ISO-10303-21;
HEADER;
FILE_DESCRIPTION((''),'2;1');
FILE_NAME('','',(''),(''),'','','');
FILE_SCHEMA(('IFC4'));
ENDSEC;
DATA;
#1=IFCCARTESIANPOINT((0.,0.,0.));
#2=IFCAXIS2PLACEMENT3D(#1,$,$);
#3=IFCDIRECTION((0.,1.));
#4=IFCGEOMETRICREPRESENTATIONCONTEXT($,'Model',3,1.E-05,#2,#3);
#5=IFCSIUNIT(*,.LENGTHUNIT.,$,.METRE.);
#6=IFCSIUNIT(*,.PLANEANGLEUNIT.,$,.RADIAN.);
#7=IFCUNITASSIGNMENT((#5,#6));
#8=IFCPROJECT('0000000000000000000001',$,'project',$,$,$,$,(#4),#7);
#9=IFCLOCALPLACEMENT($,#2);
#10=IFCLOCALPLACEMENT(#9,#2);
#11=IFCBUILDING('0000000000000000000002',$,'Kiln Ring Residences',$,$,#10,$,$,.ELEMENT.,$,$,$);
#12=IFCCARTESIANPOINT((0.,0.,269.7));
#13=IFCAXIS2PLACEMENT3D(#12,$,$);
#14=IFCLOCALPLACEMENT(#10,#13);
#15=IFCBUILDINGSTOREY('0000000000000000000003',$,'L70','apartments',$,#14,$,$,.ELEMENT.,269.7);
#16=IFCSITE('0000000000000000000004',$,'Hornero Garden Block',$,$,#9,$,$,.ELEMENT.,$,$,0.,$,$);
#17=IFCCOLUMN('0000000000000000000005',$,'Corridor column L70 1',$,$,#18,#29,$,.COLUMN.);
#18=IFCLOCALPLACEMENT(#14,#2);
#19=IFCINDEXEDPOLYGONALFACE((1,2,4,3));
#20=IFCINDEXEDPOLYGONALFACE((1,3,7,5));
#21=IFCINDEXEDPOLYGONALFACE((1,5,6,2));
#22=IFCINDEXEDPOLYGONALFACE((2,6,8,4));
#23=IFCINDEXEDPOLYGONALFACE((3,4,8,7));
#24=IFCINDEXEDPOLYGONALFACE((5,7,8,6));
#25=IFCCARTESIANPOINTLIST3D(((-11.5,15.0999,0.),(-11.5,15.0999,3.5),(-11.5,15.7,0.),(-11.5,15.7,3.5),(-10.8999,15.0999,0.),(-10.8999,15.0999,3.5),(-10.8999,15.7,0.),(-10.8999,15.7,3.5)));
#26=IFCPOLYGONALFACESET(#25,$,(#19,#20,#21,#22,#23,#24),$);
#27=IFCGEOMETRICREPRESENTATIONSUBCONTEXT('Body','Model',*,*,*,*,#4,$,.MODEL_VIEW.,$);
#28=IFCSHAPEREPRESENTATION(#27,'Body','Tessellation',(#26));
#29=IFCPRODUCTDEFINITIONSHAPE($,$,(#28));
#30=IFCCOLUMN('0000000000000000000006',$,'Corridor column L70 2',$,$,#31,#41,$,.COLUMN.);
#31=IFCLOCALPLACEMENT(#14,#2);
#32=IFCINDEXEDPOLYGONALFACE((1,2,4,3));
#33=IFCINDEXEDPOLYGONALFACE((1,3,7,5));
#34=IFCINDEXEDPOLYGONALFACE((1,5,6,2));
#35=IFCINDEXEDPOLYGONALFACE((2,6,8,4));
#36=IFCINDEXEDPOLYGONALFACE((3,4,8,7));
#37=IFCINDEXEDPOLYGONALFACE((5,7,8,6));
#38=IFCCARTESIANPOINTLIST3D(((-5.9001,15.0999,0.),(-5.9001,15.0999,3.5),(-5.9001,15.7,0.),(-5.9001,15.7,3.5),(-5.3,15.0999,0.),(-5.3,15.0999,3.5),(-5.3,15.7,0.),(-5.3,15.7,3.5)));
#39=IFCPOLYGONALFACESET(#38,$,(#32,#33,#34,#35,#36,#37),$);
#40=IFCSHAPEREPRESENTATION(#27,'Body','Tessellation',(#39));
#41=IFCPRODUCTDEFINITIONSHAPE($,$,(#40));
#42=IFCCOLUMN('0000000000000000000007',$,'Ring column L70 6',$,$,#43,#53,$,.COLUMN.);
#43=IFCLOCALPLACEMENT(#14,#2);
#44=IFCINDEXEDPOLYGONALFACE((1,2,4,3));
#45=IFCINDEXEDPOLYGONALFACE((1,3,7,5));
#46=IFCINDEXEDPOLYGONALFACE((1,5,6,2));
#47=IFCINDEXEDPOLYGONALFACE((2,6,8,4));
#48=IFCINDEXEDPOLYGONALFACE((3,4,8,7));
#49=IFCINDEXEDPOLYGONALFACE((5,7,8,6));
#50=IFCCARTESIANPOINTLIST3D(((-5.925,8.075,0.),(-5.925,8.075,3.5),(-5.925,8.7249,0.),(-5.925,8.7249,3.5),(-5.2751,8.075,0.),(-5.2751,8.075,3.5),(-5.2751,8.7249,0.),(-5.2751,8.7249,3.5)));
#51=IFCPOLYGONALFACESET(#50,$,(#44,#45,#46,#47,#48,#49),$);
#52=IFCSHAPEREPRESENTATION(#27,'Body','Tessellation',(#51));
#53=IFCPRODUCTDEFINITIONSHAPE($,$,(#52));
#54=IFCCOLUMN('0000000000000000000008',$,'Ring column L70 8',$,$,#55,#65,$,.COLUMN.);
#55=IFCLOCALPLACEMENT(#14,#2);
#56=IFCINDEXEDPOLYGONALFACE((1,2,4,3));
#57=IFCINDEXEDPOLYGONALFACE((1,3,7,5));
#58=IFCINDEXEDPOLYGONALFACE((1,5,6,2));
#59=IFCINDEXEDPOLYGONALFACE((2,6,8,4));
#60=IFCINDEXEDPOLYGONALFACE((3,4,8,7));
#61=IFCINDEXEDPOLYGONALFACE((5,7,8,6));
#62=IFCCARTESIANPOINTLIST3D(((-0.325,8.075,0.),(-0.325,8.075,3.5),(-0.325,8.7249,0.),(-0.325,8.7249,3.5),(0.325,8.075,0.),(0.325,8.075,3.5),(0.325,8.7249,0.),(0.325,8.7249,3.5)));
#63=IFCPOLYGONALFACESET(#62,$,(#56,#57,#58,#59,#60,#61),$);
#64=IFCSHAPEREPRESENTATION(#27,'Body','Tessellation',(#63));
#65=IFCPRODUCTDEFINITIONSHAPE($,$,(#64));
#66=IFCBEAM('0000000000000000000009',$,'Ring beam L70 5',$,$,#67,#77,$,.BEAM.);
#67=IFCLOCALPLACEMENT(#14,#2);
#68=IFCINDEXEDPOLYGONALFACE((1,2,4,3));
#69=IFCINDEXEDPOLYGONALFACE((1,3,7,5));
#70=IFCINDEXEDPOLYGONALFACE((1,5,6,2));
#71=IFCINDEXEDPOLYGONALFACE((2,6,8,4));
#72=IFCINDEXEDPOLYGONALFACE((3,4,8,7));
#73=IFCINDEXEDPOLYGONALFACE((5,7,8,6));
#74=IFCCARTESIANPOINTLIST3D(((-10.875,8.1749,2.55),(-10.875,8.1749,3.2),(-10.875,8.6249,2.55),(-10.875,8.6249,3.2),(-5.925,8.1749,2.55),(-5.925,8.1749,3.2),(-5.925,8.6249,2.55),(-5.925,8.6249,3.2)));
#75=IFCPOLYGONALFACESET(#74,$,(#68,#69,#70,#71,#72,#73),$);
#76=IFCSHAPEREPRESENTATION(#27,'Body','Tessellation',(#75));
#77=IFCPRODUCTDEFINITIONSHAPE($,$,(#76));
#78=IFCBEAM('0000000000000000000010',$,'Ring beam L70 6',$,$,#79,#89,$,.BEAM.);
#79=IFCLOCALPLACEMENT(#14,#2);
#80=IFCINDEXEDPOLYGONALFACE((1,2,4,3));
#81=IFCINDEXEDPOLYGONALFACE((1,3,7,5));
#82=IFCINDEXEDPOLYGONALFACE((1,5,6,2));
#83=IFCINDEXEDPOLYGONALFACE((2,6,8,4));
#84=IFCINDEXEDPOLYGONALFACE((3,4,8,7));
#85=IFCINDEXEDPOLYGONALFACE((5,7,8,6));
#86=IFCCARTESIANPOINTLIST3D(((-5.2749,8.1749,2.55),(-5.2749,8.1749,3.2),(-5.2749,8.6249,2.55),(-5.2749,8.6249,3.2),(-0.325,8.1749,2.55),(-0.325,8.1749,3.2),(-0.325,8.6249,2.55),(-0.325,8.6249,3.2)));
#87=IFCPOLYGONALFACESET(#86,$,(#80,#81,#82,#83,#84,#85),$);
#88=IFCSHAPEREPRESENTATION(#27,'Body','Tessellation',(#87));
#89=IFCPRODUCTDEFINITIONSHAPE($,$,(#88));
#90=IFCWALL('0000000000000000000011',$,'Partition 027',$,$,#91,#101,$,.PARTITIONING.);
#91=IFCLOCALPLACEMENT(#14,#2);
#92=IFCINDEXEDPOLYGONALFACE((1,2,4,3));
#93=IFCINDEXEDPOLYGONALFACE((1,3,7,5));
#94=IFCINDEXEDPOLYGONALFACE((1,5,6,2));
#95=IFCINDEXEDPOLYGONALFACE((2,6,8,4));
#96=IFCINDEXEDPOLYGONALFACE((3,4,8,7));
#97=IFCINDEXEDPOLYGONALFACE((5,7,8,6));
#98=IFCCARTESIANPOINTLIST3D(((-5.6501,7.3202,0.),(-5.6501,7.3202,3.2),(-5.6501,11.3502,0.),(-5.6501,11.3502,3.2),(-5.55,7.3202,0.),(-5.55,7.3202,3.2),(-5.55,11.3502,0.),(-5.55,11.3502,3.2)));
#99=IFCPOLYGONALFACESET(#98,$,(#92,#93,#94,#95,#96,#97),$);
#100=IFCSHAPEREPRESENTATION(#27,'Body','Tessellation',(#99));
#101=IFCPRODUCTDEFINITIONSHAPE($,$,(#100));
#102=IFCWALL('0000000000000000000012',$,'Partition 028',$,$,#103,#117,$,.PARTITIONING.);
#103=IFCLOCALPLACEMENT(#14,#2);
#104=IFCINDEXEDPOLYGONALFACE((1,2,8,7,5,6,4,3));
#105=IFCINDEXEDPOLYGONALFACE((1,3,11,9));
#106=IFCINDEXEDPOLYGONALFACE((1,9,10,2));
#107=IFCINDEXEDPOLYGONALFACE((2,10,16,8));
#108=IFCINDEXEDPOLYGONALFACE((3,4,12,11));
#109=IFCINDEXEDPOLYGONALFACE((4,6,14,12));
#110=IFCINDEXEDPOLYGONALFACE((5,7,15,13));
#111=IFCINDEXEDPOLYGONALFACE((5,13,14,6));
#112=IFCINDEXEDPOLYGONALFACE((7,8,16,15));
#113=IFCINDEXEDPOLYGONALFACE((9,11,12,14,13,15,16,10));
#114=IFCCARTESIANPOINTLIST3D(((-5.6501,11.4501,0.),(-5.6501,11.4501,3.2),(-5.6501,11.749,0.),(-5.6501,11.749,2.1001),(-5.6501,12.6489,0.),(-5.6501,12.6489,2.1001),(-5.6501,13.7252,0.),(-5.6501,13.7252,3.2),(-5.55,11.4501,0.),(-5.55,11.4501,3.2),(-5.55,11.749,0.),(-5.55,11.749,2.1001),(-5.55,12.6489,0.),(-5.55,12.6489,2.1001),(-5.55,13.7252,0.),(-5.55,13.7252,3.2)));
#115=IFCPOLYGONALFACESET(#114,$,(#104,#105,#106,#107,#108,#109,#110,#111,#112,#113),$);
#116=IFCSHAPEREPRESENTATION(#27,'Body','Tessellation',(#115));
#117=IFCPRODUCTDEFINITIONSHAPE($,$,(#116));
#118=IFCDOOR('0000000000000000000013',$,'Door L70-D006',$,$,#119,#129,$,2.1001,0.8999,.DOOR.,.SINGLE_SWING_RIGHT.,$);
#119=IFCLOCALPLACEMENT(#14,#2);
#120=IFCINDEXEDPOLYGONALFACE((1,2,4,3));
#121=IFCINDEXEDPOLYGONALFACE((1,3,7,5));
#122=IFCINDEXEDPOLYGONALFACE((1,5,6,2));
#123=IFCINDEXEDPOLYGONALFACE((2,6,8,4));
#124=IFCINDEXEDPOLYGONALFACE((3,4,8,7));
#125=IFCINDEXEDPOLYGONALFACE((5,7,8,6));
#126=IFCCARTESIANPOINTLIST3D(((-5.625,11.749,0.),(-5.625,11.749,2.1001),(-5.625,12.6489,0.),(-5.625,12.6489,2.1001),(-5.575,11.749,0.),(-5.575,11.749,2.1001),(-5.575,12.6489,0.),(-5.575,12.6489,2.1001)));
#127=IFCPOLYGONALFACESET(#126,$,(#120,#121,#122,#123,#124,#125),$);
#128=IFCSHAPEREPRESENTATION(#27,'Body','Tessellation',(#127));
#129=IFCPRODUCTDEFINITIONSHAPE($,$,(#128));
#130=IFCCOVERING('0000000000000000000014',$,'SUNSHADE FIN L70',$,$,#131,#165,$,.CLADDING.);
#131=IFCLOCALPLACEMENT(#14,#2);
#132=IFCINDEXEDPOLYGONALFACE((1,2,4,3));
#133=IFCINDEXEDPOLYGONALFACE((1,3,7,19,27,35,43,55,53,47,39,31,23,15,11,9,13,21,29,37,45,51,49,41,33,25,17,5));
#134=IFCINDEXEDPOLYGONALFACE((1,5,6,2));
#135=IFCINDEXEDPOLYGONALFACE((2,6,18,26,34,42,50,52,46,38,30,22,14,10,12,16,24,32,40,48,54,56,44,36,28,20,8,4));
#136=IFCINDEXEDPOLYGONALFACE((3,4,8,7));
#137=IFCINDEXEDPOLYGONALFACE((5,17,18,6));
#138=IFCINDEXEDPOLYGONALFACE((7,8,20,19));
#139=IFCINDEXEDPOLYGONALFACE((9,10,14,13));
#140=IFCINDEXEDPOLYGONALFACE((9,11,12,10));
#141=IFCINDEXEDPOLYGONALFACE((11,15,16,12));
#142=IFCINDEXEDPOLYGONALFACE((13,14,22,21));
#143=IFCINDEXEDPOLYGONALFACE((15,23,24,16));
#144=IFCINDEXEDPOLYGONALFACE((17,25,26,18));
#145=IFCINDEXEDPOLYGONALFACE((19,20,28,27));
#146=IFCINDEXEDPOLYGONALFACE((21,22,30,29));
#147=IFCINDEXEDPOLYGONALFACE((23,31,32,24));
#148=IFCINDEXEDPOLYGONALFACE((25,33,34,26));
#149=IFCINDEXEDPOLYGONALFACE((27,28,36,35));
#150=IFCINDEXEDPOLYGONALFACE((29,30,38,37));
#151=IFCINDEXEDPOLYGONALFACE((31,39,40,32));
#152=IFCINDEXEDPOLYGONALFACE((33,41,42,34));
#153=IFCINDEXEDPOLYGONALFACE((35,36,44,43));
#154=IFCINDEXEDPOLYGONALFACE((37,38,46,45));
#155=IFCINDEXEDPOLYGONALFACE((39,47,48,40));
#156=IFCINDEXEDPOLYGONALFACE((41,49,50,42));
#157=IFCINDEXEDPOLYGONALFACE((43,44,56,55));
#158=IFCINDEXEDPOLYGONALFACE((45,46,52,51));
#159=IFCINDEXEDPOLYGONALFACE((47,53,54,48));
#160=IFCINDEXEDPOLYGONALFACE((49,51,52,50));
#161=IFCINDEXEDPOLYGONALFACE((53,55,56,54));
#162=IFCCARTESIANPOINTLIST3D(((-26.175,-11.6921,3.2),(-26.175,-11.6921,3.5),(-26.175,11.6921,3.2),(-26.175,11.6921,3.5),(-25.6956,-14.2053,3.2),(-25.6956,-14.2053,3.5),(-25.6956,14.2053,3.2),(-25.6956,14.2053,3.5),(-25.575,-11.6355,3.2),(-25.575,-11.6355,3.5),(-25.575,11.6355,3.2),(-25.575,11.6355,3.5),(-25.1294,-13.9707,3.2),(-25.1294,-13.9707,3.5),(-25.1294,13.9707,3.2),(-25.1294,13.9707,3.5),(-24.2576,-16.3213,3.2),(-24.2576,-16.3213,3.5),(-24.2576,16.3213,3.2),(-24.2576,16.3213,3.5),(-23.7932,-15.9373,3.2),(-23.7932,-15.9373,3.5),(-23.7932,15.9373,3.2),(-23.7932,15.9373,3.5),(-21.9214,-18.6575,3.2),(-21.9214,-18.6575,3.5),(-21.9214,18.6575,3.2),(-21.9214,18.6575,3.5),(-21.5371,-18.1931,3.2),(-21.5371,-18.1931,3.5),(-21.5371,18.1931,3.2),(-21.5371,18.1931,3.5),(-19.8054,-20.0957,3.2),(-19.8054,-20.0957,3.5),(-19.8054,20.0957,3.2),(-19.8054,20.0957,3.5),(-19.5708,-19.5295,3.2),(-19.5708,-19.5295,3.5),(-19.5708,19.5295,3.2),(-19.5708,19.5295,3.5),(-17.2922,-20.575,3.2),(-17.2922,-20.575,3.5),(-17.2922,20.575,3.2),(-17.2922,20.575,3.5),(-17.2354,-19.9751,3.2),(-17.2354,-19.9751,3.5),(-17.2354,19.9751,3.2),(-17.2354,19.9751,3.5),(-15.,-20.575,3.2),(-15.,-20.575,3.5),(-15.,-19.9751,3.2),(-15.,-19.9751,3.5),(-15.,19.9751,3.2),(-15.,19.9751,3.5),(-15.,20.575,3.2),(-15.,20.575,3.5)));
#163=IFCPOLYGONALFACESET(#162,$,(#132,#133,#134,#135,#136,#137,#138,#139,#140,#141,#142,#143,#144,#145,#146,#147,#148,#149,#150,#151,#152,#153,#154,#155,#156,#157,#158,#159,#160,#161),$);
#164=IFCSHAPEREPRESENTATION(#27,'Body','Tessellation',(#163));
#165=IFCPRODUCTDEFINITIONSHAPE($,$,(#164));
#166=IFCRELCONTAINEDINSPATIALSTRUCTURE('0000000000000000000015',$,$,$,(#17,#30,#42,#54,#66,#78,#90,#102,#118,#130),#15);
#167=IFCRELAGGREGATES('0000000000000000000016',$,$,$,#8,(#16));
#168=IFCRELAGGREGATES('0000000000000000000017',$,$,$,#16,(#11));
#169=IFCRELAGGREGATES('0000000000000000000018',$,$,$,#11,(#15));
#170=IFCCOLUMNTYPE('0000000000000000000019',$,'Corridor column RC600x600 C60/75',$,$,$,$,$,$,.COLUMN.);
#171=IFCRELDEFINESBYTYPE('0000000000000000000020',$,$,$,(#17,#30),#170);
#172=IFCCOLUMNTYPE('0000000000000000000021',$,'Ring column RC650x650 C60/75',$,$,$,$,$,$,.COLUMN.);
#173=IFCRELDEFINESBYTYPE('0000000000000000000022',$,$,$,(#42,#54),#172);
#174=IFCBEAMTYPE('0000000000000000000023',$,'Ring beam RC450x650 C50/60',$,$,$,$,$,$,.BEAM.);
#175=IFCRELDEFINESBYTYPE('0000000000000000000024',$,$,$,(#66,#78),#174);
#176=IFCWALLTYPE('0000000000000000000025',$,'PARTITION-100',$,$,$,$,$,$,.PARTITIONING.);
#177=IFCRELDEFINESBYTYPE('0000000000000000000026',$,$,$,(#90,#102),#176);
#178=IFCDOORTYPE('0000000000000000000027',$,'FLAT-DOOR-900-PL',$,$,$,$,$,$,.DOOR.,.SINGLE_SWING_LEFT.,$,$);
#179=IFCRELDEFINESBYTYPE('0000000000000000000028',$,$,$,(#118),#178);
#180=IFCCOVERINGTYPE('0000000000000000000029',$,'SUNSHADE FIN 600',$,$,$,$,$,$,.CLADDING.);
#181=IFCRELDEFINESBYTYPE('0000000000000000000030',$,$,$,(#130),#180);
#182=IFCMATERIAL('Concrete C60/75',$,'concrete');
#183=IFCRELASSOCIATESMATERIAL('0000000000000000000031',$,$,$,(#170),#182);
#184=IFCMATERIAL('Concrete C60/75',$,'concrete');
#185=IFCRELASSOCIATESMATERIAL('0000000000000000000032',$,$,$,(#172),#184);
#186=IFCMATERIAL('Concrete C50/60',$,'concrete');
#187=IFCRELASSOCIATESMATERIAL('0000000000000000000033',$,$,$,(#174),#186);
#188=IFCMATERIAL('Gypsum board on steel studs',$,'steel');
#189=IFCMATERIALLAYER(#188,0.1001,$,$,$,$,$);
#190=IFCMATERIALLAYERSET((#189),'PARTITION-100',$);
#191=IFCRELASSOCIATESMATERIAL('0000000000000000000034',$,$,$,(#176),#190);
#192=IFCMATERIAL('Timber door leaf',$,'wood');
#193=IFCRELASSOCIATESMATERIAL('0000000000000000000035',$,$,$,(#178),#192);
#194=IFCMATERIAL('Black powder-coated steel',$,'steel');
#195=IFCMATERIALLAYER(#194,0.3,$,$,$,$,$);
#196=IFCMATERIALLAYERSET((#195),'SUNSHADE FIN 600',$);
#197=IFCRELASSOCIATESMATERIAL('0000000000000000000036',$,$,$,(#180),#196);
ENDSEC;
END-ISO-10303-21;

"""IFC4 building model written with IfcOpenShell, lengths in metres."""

from ifc_helpers import new_model, si_unit, direction, frame, frame_2d, origin, origin_2d, place, context, subcontext, project, spatial, polyline, rectangle, outline, extrude, material, layer, layer_set, material_profile, profile_set, type_object, element, fill, save


model = new_model("IFC4")

# Units and contexts
model_context = context("Model", 3, precision=1e-05, world=origin(), true_north=direction((0.0, 1.0)))
body_context = subcontext(model_context, "Body", "Model", "MODEL_VIEW")
ifc_project = project(units=[si_unit("LENGTHUNIT", "METRE"), si_unit("PLANEANGLEUNIT", "RADIAN")], contexts=[model_context])

# Site, building, storey
site_placement = place(None, origin())
site = spatial("IfcSite", under=ifc_project, at=site_placement, Name="Hornero Garden Block", CompositionType="ELEMENT", RefElevation=0.0)
building_placement = place(site_placement, origin())
building = spatial("IfcBuilding", under=site, at=building_placement, Name="Kiln Ring Residences", CompositionType="ELEMENT")
storey_placement = place(building_placement, frame((0.0, 0.0, 269.7)))
storey = spatial("IfcBuildingStorey", under=building, at=storey_placement, Name="L70", Description="apartments", CompositionType="ELEMENT", Elevation=269.7)

# Columns
ifc_material_1 = material(Name="Concrete C60/75", Category="concrete")
ifc_material_profile_1 = material_profile(ifc_material_1, rectangle(XDim=0.6001, YDim=0.6001, at=origin_2d()), Name="RC600x600")
ifc_profile_set_1 = profile_set([ifc_material_profile_1], Name="Concrete C60/75")
column_type_1 = type_object("IfcColumnType", Name="Corridor column RC600x600 C60/75", PredefinedType="COLUMN", material=ifc_profile_set_1)
for number, where, z_axis, x_axis, name in (
    (1, (-11.2, 15.3999, 0.0), (0.0, 0.0, 1.0), (1.0, 0.0, 0.0), "Corridor column L70 1"),
    (2, (-5.6001, 15.3999, 0.0), (0.0, 0.0, 1.0), (1.0, 0.0, 0.0), "Corridor column L70 2"),
):
    element("IfcColumn", number, at=place(storey_placement, frame(where, z_axis=z_axis, x_axis=x_axis)), inside=storey, type_object=column_type_1, Name=name, PredefinedType="COLUMN", context=body_context, shape_type="SweptSolid", body=[
        extrude(rectangle(XDim=0.6001, YDim=0.6001, at=origin_2d()), origin(), (0.0, 0.0, 1.0), 3.5),
    ])
ifc_material_2 = material(Name="Concrete C60/75", Category="concrete")
ifc_material_profile_2 = material_profile(ifc_material_2, rectangle(XDim=0.6499, YDim=0.6499, at=origin_2d()), Name="RC650x650")
ifc_profile_set_2 = profile_set([ifc_material_profile_2], Name="Concrete C60/75")
column_type_2 = type_object("IfcColumnType", Name="Ring column RC650x650 C60/75", PredefinedType="COLUMN", material=ifc_profile_set_2)
for number, where, z_axis, x_axis, name in (
    (3, (-5.6001, 8.3999, 0.0), (0.0, 0.0, 1.0), (1.0, 0.0, 0.0), "Ring column L70 6"),
    (4, (0.0, 8.3999, 0.0), (0.0, 0.0, 1.0), (1.0, 0.0, 0.0), "Ring column L70 8"),
):
    element("IfcColumn", number, at=place(storey_placement, frame(where, z_axis=z_axis, x_axis=x_axis)), inside=storey, type_object=column_type_2, Name=name, PredefinedType="COLUMN", context=body_context, shape_type="SweptSolid", body=[
        extrude(rectangle(XDim=0.6499, YDim=0.6499, at=origin_2d()), origin(), (0.0, 0.0, 1.0), 3.5),
    ])

# Beams
ifc_material_3 = material(Name="Concrete C50/60", Category="concrete")
ifc_material_profile_3 = material_profile(ifc_material_3, rectangle(XDim=0.45, YDim=0.6499, at=origin_2d()), Name="RC450x650")
ifc_profile_set_3 = profile_set([ifc_material_profile_3], Name="Concrete C50/60")
beam_type = type_object("IfcBeamType", Name="Ring beam RC450x650 C50/60", PredefinedType="BEAM", material=ifc_profile_set_3)
for number, where, z_axis, x_axis, name in (
    (5, (-10.875, 8.3999, 2.875), (1.0, 0.0, 0.0), (0.0, 1.0, 0.0), "Ring beam L70 5"),
    (6, (-5.2749, 8.3999, 2.875), (1.0, 0.0, 0.0), (0.0, 1.0, 0.0), "Ring beam L70 6"),
):
    element("IfcBeam", number, at=place(storey_placement, frame(where, z_axis=z_axis, x_axis=x_axis)), inside=storey, type_object=beam_type, Name=name, PredefinedType="BEAM", context=body_context, shape_type="SweptSolid", body=[
        extrude(rectangle(XDim=0.45, YDim=0.6499, at=origin_2d()), origin(), (0.0, 0.0, 1.0), 4.95),
    ])

# Wall
ifc_material_4 = material(Name="Gypsum board on steel studs", Category="steel")
ifc_layer_1 = layer(ifc_material_4, 0.1001)
ifc_layer_set_1 = layer_set([ifc_layer_1], Name="PARTITION-100")
wall_type = type_object("IfcWallType", Name="PARTITION-100", PredefinedType="PARTITIONING", material=ifc_layer_set_1)
wall_1_placement = place(storey_placement, frame((-5.6001, 7.3201, 0.0), z_axis=(0.0, 0.0, 1.0), x_axis=(0.0, 1.0, 0.0)))
element("IfcWall", 7, at=wall_1_placement, inside=storey, type_object=wall_type, Name="Partition 027", PredefinedType="PARTITIONING", context=body_context, shape_type="SweptSolid", body=[
    extrude(rectangle(XDim=4.03, YDim=0.1001, at=frame_2d((2.0151, 0.0))), origin(), (0.0, 0.0, 1.0), 3.2),
])

# Wall, opening, door
wall_2_placement = place(storey_placement, frame((-5.6001, 11.45, 0.0), z_axis=(0.0, 0.0, 1.0), x_axis=(0.0, 1.0, 0.0)))
wall_2 = element("IfcWall", 8, at=wall_2_placement, inside=storey, type_object=wall_type, Name="Partition 028", PredefinedType="PARTITIONING", context=body_context, shape_type="SweptSolid", body=[
    extrude(rectangle(XDim=2.2751, YDim=0.1001, at=frame_2d((1.1377, 0.0))), origin(), (0.0, 0.0, 1.0), 3.2),
])
opening_placement = place(wall_2_placement, frame((0.2991, 0.0, 0.0)))
opening = element("IfcOpeningElement", 9, at=opening_placement, cuts=wall_2, PredefinedType="OPENING", context=body_context, shape_type="SweptSolid", body=[
    extrude(rectangle(XDim=0.8999, YDim=2.1001, at=frame_2d((0.45, 1.05))), frame((0.0, 0.0601, 0.0), z_axis=(0.0, -1.0, 0.0), x_axis=(1.0, 0.0, 0.0)), (0.0, 0.0, 1.0), 0.1201),
])
ifc_material_5 = material(Name="Timber door leaf", Category="wood")
door_type = type_object("IfcDoorType", Name="FLAT-DOOR-900-PL", OperationType="SINGLE_SWING_LEFT", PredefinedType="DOOR", material=ifc_material_5)
door_placement = place(opening_placement, origin())
door = element("IfcDoor", 10, at=door_placement, inside=storey, type_object=door_type, Name="Door L70-D006", OperationType="SINGLE_SWING_RIGHT", OverallHeight=2.1001, OverallWidth=0.8999, PredefinedType="DOOR", context=body_context, shape_type="SweptSolid", body=[
    extrude(rectangle(XDim=0.8999, YDim=2.1001, at=frame_2d((0.45, 1.05))), frame((0.0, 0.0249, 0.0), z_axis=(0.0, -1.0, 0.0), x_axis=(1.0, 0.0, 0.0)), (0.0, 0.0, 1.0), 0.05),
])
fill(opening, door)

# Covering
ifc_material_6 = material(Name="Black powder-coated steel", Category="steel")
ifc_layer_2 = layer(ifc_material_6, 0.3)
ifc_layer_set_2 = layer_set([ifc_layer_2], Name="SUNSHADE FIN 600")
covering_type = type_object("IfcCoveringType", Name="SUNSHADE FIN 600", PredefinedType="CLADDING", material=ifc_layer_set_2)
placement = place(storey_placement, frame((0.0, 0.0, 3.2)))
element("IfcCovering", 11, at=placement, inside=storey, type_object=covering_type, Name="SUNSHADE FIN L70", PredefinedType="CLADDING", context=body_context, shape_type="SweptSolid", body=[
    extrude(outline(polyline([(-26.175, -11.6921), (-25.6956, -14.2053), (-24.2576, -16.3213), (-21.9214, -18.6575), (-19.8054, -20.0957), (-17.2922, -20.575), (-15.0, -20.575), (-15.0, -19.9751), (-17.2354, -19.9751), (-19.5708, -19.5295), (-21.5371, -18.1931), (-23.7932, -15.9373), (-25.1294, -13.9707), (-25.575, -11.6355), (-25.575, 11.6355), (-25.1294, 13.9707), (-23.7932, 15.9373), (-21.5371, 18.1931), (-19.5708, 19.5295), (-17.2354, 19.9751), (-15.0, 19.9751), (-15.0, 20.575), (-17.2922, 20.575), (-19.8054, 20.0957), (-21.9214, 18.6575), (-24.2576, 16.3213), (-25.6956, 14.2053), (-26.175, 11.6921), (-26.175, -11.6921)])), origin(), (0.0, 0.0, 1.0), 0.3),
])

save(model, "model.ifc")
